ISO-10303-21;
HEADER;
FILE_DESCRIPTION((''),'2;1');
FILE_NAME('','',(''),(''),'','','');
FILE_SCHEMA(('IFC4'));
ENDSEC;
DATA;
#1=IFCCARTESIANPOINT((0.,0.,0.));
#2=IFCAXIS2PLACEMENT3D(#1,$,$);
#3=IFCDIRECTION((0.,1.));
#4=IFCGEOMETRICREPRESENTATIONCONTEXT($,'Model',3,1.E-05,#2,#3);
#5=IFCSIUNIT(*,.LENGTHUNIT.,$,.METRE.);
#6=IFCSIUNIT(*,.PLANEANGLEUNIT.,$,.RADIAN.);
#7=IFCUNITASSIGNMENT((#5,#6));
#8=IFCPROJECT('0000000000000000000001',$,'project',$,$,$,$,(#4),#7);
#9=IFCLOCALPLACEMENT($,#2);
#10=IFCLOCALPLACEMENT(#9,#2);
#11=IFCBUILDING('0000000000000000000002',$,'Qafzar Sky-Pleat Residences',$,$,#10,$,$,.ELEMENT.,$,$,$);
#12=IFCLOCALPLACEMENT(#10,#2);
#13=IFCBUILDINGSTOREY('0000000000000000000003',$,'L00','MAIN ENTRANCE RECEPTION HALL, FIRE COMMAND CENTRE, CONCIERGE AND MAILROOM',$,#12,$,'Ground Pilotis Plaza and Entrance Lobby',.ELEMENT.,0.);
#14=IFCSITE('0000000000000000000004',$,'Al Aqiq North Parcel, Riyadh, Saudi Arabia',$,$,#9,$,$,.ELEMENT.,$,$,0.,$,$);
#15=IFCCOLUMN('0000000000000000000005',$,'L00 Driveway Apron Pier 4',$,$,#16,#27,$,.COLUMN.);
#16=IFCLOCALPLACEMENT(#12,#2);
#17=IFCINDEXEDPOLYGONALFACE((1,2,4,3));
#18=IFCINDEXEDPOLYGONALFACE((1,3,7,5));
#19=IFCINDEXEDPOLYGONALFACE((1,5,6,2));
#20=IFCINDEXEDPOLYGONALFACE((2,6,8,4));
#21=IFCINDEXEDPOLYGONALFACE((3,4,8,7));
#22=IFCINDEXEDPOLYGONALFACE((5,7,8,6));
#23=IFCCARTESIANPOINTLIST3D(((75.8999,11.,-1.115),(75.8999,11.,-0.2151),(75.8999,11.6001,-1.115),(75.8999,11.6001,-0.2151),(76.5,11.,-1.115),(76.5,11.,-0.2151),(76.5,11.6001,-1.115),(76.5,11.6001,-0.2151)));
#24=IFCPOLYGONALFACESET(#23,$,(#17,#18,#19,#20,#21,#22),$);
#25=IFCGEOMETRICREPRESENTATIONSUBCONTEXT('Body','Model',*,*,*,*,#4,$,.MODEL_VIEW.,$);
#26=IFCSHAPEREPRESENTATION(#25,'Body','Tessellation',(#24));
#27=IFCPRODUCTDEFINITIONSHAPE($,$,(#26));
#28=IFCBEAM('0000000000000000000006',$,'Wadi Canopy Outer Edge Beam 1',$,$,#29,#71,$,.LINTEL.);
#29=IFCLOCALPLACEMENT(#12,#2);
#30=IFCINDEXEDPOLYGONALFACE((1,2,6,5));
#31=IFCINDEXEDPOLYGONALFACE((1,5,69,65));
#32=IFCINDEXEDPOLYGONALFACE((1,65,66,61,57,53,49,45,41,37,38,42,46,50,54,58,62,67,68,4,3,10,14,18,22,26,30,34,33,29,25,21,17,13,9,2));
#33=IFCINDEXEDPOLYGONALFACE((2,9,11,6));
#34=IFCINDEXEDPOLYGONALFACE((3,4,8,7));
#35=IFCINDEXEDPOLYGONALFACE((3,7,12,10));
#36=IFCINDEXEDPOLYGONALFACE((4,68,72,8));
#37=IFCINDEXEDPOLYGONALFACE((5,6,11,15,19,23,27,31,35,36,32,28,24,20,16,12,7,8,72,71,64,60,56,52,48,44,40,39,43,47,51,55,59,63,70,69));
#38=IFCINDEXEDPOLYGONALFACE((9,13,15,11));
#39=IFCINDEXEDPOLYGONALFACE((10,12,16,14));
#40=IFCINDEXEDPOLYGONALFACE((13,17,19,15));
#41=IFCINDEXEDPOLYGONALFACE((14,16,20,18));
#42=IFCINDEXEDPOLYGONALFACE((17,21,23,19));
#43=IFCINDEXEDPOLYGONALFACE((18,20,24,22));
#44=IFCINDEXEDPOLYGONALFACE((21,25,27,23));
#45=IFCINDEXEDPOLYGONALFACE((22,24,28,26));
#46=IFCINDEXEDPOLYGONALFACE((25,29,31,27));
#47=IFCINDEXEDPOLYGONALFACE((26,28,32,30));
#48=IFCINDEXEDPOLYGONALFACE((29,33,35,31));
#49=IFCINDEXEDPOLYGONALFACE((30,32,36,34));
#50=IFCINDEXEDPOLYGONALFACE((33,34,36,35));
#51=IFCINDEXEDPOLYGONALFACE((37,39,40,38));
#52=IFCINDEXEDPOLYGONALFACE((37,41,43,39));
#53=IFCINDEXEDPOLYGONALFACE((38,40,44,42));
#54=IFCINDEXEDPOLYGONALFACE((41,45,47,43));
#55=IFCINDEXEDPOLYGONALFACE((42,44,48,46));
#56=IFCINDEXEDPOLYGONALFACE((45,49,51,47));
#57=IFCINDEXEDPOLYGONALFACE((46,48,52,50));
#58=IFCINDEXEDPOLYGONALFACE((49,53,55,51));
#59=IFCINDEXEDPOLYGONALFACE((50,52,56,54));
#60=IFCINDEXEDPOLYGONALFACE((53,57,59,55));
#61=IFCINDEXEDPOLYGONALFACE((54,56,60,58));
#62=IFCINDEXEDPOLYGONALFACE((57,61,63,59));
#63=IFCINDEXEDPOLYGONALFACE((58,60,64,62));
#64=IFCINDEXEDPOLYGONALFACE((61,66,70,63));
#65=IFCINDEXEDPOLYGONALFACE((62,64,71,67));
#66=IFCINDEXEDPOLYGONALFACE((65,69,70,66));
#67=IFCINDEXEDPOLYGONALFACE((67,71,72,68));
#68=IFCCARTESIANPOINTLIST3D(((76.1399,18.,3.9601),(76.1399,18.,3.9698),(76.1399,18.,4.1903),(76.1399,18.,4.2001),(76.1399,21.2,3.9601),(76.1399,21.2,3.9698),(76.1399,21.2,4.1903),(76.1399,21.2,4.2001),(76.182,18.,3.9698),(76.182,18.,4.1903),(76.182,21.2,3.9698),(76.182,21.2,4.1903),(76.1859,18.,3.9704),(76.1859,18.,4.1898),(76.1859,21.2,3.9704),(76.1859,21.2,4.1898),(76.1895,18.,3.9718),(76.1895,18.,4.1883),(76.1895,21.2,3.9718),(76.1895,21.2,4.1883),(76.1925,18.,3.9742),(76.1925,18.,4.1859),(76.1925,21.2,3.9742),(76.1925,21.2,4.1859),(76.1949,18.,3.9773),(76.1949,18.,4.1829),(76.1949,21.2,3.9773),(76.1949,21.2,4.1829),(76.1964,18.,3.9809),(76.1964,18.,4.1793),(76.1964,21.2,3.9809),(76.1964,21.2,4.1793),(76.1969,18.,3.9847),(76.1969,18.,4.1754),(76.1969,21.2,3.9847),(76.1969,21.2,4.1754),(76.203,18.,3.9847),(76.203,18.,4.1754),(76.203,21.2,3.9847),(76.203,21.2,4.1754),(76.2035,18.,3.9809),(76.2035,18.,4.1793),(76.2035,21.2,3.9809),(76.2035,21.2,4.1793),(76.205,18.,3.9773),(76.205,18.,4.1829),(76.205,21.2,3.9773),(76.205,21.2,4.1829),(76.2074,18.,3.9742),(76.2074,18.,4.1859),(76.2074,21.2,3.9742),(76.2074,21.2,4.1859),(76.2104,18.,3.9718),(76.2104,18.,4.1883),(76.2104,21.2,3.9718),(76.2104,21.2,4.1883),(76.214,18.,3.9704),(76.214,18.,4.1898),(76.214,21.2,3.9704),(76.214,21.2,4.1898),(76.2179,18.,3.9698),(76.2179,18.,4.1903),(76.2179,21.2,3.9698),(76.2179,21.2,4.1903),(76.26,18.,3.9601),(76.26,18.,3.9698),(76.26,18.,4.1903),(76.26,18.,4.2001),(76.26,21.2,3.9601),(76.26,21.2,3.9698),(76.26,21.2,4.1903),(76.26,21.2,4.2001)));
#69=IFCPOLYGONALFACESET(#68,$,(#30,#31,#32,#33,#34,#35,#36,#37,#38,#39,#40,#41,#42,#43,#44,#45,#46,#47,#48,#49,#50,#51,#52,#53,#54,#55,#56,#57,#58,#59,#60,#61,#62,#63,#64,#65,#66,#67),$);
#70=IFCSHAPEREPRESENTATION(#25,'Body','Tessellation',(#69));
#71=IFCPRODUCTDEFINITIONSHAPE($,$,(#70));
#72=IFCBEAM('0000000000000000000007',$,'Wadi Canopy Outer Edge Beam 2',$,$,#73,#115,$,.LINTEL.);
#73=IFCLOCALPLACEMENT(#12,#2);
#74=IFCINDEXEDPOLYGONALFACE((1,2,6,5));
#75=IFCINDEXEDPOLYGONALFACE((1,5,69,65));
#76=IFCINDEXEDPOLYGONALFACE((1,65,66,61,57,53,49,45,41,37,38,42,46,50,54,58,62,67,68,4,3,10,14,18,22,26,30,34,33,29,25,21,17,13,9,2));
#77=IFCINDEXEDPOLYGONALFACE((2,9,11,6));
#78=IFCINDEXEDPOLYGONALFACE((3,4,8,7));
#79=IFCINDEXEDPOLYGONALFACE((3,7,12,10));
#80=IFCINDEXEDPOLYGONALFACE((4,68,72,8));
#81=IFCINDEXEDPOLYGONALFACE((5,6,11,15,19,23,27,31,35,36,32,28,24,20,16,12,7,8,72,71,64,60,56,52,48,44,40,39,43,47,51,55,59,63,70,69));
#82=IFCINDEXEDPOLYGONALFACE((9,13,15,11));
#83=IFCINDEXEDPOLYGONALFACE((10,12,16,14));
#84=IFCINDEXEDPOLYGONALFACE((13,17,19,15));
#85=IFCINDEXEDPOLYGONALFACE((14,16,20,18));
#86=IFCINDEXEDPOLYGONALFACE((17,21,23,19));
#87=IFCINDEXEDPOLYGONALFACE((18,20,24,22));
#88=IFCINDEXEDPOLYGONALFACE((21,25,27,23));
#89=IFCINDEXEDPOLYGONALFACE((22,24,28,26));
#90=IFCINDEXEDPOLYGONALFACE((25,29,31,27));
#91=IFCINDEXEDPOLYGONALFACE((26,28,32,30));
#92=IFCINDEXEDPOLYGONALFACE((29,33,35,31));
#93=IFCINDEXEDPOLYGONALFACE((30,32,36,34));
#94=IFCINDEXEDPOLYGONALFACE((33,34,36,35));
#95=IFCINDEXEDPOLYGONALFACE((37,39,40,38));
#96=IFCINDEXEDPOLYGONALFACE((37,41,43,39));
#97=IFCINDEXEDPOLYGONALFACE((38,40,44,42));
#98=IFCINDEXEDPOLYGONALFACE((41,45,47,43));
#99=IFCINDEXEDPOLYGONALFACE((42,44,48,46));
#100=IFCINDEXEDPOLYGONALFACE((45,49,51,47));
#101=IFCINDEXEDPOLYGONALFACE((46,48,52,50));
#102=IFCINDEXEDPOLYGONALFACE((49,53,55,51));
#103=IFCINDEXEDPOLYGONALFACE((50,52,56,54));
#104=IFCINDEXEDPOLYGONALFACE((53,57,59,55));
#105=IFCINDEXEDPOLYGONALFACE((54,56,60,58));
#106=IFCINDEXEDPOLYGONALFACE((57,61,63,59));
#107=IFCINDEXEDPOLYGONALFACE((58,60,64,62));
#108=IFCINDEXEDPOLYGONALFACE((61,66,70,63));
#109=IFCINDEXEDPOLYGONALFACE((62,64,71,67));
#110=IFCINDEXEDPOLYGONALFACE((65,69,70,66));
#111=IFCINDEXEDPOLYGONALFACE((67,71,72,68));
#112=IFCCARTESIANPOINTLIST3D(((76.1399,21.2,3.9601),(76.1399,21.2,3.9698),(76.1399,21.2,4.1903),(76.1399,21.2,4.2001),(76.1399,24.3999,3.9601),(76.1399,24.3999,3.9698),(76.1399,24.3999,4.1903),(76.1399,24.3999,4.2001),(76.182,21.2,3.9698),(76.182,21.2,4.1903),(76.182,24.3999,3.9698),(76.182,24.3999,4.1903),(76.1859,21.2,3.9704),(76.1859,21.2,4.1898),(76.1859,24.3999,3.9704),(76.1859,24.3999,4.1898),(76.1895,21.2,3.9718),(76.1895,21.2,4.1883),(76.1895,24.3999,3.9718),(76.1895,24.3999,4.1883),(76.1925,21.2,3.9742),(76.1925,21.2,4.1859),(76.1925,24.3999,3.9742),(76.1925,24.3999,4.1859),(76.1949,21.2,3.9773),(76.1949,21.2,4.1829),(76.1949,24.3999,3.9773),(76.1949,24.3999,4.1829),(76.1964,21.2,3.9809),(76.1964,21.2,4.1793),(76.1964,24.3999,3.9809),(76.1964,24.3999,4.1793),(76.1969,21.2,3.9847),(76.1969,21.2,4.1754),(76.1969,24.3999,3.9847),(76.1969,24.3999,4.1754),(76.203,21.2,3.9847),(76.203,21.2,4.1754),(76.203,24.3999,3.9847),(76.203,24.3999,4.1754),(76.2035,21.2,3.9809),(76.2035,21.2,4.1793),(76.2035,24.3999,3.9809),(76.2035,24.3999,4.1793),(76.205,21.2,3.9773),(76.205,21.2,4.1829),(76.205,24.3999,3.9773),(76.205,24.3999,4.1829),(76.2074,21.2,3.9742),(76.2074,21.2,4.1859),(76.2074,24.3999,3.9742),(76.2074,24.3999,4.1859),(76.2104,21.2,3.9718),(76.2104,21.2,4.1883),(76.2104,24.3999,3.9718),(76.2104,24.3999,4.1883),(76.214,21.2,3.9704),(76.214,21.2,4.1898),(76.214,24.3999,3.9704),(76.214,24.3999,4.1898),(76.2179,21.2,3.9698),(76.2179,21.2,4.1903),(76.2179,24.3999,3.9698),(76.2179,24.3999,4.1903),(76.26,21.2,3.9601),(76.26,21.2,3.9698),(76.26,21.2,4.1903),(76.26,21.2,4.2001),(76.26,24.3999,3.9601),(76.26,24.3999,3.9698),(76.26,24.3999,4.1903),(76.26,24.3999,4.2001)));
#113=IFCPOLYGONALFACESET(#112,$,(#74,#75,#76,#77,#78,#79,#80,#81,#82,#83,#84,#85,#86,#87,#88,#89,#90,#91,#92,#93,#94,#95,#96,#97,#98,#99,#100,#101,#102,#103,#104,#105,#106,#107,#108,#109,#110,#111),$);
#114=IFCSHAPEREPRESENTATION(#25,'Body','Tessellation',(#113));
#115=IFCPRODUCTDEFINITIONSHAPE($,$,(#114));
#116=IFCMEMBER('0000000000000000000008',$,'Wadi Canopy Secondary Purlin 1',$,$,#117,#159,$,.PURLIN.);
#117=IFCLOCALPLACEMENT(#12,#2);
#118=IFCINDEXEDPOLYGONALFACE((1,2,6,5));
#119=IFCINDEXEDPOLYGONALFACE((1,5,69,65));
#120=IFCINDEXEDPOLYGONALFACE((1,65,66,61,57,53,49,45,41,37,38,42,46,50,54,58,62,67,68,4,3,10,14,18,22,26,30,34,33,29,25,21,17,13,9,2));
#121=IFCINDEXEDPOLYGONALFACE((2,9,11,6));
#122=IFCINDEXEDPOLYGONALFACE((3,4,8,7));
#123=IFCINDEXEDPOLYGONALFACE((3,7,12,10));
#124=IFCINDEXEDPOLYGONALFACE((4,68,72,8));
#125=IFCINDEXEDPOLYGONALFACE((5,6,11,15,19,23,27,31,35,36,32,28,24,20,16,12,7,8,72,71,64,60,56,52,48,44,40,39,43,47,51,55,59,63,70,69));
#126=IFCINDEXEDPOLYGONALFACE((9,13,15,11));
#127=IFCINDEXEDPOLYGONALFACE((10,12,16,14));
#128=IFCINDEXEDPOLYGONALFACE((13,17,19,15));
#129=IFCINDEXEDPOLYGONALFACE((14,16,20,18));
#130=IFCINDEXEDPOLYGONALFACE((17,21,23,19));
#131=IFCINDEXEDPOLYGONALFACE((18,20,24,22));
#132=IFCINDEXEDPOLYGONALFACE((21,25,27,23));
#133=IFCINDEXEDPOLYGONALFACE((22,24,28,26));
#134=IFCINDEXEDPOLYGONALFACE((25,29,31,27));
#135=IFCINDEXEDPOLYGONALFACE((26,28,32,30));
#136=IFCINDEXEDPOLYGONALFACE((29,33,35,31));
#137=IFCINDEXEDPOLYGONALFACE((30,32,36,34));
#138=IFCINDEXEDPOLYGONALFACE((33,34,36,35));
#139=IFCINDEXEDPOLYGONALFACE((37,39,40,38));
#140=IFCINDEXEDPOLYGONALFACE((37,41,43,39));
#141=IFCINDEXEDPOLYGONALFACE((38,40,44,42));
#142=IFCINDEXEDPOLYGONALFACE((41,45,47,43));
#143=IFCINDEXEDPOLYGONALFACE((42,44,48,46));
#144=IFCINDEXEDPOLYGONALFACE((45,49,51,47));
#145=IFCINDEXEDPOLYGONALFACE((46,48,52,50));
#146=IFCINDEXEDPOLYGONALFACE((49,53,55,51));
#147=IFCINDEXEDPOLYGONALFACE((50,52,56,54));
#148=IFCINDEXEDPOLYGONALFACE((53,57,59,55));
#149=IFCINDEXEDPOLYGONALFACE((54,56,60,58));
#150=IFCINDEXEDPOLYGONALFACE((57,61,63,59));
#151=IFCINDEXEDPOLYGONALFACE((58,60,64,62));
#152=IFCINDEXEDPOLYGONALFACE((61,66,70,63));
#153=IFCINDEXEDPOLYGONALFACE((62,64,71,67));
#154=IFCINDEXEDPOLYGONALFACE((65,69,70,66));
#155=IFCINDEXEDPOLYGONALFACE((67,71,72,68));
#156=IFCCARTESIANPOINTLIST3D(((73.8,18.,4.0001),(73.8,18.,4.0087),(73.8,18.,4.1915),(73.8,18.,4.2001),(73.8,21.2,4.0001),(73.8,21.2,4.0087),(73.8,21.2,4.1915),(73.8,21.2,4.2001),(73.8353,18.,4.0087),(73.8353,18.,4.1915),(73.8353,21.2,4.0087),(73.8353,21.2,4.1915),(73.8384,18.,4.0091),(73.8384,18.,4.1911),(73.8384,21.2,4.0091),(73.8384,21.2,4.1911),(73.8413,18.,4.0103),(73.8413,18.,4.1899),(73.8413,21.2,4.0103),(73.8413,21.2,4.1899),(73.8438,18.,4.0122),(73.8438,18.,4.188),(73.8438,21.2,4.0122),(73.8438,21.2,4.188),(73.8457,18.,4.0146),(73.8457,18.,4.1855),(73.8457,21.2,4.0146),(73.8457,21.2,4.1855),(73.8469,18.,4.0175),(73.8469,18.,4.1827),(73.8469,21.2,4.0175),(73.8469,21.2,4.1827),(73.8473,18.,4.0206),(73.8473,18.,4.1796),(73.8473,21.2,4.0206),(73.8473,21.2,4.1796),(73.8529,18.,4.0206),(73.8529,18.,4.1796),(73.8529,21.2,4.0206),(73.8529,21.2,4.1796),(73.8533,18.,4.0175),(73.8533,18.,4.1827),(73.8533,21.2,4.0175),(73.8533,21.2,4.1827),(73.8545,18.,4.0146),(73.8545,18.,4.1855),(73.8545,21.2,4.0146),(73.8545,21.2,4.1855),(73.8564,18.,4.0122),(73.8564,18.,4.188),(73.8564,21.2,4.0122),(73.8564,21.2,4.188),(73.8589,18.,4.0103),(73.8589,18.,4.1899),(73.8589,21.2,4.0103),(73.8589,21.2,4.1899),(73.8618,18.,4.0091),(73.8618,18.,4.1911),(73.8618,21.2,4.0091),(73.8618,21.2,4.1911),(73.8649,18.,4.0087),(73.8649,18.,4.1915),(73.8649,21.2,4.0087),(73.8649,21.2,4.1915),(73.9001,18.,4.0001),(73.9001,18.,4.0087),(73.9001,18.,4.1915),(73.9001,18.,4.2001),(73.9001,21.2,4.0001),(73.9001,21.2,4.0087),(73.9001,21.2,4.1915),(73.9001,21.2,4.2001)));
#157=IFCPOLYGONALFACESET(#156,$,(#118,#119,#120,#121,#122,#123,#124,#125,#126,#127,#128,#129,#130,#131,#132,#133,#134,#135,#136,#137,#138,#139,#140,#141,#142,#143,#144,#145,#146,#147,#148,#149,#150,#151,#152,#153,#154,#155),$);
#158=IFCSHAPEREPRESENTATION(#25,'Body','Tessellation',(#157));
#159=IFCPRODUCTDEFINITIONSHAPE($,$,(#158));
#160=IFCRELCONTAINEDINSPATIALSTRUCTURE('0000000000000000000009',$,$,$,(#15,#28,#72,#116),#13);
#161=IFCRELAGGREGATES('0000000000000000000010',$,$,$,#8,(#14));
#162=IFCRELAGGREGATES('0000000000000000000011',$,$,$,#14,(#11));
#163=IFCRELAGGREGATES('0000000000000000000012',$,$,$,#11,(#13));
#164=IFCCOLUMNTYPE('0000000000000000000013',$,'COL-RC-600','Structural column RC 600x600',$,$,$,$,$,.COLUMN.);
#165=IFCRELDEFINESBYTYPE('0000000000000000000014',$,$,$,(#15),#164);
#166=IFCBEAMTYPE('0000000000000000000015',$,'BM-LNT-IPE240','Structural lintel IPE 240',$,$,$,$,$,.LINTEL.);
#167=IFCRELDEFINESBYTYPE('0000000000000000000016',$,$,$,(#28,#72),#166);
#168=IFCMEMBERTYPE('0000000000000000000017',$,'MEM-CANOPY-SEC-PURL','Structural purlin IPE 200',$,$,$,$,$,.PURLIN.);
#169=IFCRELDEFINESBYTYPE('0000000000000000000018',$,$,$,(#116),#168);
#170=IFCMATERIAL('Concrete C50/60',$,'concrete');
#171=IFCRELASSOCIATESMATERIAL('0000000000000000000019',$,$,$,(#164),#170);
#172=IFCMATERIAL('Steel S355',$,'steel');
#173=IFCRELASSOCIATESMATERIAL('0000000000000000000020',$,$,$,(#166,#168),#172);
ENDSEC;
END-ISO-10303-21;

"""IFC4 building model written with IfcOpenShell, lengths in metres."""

from ifc_helpers import new_model, si_unit, direction, frame, origin, origin_2d, place, context, subcontext, project, spatial, rectangle, i_section, extrude, source, transform, mapped, material, material_profile, profile_set, type_object, element, save


model = new_model("IFC4")

# Units and contexts
model_context = context("Model", 3, precision=1e-05, world=origin(), true_north=direction((0.0, 1.0)))
body_context = subcontext(model_context, "Body", "Model", "MODEL_VIEW")
ifc_project = project(units=[si_unit("LENGTHUNIT", "METRE"), si_unit("PLANEANGLEUNIT", "RADIAN")], contexts=[model_context])

# Site, building, storey
site_placement = place(None, origin())
site = spatial("IfcSite", under=ifc_project, at=site_placement, Name="Al Aqiq North Parcel, Riyadh, Saudi Arabia", CompositionType="ELEMENT", RefElevation=0.0)
building_placement = place(site_placement, origin())
building = spatial("IfcBuilding", under=site, at=building_placement, Name="Qafzar Sky-Pleat Residences", CompositionType="ELEMENT")
storey_placement = place(building_placement, origin())
storey = spatial("IfcBuildingStorey", under=building, at=storey_placement, Name="L00", Description="MAIN ENTRANCE RECEPTION HALL, FIRE COMMAND CENTRE, CONCIERGE AND MAILROOM", LongName="Ground Pilotis Plaza and Entrance Lobby", CompositionType="ELEMENT", Elevation=0.0)

# Shared definitions
ifc_material_1 = material(Name="Concrete C50/60", Category="concrete")

# Column
ifc_material_2 = material(Name="Steel S355", Category="steel")
ifc_material_profile_1 = material_profile(ifc_material_1, rectangle(XDim=0.6001, YDim=0.6001, at=origin_2d()), Name="RC 600x600")
ifc_profile_set_1 = profile_set([ifc_material_profile_1], Name="Concrete C50/60")
column_type_1 = type_object("IfcColumnType", Name="COL-RC-600", Description="Structural column RC 600x600", PredefinedType="COLUMN", material=ifc_profile_set_1)
shared_shape_1 = source(origin(), body_context, "Body", "SweptSolid", [
    extrude(rectangle(XDim=0.6001, YDim=0.6001, at=origin_2d()), origin(), (0.0, 0.0, 1.0), 0.8999),
])
for number, where, z_axis, x_axis, name in (
    (1, (76.2, 11.3, -1.115), (0.0, 0.0, 1.0), (1.0, 0.0, 0.0), "L00 Driveway Apron Pier 4"),
):
    element("IfcColumn", number, at=place(storey_placement, frame(where, z_axis=z_axis, x_axis=x_axis)), inside=storey, type_object=column_type_1, Name=name, PredefinedType="COLUMN", context=body_context, shape_type="MappedRepresentation", body=[
        mapped(shared_shape_1, transform((0.0, 0.0, 0.0), x_axis=(1.0, 0.0, 0.0), y_axis=(0.0, 1.0, 0.0), z_axis=(0.0, 0.0, 1.0), scale=1.0)),
    ])

# Beams
ifc_material_profile_2 = material_profile(ifc_material_2, i_section(OverallWidth=0.1201, OverallDepth=0.24, WebThickness=0.0061, FlangeThickness=0.0098, FilletRadius=0.0149, at=origin_2d()), Name="IPE 240")
ifc_profile_set_2 = profile_set([ifc_material_profile_2], Name="Steel S355")
beam_type_1 = type_object("IfcBeamType", Name="BM-LNT-IPE240", Description="Structural lintel IPE 240", PredefinedType="LINTEL", material=ifc_profile_set_2)
shared_shape_2 = source(origin(), body_context, "Body", "SweptSolid", [
    extrude(i_section(OverallWidth=0.1201, OverallDepth=0.24, WebThickness=0.0061, FlangeThickness=0.0098, FilletRadius=0.0149, at=origin_2d()), origin(), (0.0, 0.0, 1.0), 3.2),
])
for number, where, z_axis, x_axis, name in (
    (2, (76.2, 18.0, 4.0801), (0.0, 1.0, 0.0), (-1.0, 0.0, 0.0), "Wadi Canopy Outer Edge Beam 1"),
    (3, (76.2, 21.2, 4.0801), (0.0, 1.0, 0.0), (-1.0, 0.0, 0.0), "Wadi Canopy Outer Edge Beam 2"),
):
    element("IfcBeam", number, at=place(storey_placement, frame(where, z_axis=z_axis, x_axis=x_axis)), inside=storey, type_object=beam_type_1, Name=name, PredefinedType="LINTEL", context=body_context, shape_type="MappedRepresentation", body=[
        mapped(shared_shape_2, transform((0.0, 0.0, 0.0), x_axis=(1.0, 0.0, 0.0), y_axis=(0.0, 1.0, 0.0), z_axis=(0.0, 0.0, 1.0), scale=1.0)),
    ])

# Member
ifc_material_profile_3 = material_profile(ifc_material_2, i_section(OverallWidth=0.1001, OverallDepth=0.2, WebThickness=0.0056, FlangeThickness=0.0085, FilletRadius=0.012, at=origin_2d()), Name="IPE 200")
ifc_profile_set_3 = profile_set([ifc_material_profile_3], Name="Steel S355")
member_type = type_object("IfcMemberType", Name="MEM-CANOPY-SEC-PURL", Description="Structural purlin IPE 200", PredefinedType="PURLIN", material=ifc_profile_set_3)
shared_shape_3 = source(origin(), body_context, "Body", "SweptSolid", [
    extrude(i_section(OverallWidth=0.1001, OverallDepth=0.2, WebThickness=0.0056, FlangeThickness=0.0085, FilletRadius=0.012, at=origin_2d()), origin(), (0.0, 0.0, 1.0), 3.2),
])
for number, where, z_axis, x_axis, name in (
    (4, (73.8501, 18.0, 4.1001), (0.0, 1.0, 0.0), (-1.0, 0.0, 0.0), "Wadi Canopy Secondary Purlin 1"),
):
    element("IfcMember", number, at=place(storey_placement, frame(where, z_axis=z_axis, x_axis=x_axis)), inside=storey, type_object=member_type, Name=name, PredefinedType="PURLIN", context=body_context, shape_type="MappedRepresentation", body=[
        mapped(shared_shape_3, transform((0.0, 0.0, 0.0), x_axis=(1.0, 0.0, 0.0), y_axis=(0.0, 1.0, 0.0), z_axis=(0.0, 0.0, 1.0), scale=1.0)),
    ])

save(model, "model.ifc")
